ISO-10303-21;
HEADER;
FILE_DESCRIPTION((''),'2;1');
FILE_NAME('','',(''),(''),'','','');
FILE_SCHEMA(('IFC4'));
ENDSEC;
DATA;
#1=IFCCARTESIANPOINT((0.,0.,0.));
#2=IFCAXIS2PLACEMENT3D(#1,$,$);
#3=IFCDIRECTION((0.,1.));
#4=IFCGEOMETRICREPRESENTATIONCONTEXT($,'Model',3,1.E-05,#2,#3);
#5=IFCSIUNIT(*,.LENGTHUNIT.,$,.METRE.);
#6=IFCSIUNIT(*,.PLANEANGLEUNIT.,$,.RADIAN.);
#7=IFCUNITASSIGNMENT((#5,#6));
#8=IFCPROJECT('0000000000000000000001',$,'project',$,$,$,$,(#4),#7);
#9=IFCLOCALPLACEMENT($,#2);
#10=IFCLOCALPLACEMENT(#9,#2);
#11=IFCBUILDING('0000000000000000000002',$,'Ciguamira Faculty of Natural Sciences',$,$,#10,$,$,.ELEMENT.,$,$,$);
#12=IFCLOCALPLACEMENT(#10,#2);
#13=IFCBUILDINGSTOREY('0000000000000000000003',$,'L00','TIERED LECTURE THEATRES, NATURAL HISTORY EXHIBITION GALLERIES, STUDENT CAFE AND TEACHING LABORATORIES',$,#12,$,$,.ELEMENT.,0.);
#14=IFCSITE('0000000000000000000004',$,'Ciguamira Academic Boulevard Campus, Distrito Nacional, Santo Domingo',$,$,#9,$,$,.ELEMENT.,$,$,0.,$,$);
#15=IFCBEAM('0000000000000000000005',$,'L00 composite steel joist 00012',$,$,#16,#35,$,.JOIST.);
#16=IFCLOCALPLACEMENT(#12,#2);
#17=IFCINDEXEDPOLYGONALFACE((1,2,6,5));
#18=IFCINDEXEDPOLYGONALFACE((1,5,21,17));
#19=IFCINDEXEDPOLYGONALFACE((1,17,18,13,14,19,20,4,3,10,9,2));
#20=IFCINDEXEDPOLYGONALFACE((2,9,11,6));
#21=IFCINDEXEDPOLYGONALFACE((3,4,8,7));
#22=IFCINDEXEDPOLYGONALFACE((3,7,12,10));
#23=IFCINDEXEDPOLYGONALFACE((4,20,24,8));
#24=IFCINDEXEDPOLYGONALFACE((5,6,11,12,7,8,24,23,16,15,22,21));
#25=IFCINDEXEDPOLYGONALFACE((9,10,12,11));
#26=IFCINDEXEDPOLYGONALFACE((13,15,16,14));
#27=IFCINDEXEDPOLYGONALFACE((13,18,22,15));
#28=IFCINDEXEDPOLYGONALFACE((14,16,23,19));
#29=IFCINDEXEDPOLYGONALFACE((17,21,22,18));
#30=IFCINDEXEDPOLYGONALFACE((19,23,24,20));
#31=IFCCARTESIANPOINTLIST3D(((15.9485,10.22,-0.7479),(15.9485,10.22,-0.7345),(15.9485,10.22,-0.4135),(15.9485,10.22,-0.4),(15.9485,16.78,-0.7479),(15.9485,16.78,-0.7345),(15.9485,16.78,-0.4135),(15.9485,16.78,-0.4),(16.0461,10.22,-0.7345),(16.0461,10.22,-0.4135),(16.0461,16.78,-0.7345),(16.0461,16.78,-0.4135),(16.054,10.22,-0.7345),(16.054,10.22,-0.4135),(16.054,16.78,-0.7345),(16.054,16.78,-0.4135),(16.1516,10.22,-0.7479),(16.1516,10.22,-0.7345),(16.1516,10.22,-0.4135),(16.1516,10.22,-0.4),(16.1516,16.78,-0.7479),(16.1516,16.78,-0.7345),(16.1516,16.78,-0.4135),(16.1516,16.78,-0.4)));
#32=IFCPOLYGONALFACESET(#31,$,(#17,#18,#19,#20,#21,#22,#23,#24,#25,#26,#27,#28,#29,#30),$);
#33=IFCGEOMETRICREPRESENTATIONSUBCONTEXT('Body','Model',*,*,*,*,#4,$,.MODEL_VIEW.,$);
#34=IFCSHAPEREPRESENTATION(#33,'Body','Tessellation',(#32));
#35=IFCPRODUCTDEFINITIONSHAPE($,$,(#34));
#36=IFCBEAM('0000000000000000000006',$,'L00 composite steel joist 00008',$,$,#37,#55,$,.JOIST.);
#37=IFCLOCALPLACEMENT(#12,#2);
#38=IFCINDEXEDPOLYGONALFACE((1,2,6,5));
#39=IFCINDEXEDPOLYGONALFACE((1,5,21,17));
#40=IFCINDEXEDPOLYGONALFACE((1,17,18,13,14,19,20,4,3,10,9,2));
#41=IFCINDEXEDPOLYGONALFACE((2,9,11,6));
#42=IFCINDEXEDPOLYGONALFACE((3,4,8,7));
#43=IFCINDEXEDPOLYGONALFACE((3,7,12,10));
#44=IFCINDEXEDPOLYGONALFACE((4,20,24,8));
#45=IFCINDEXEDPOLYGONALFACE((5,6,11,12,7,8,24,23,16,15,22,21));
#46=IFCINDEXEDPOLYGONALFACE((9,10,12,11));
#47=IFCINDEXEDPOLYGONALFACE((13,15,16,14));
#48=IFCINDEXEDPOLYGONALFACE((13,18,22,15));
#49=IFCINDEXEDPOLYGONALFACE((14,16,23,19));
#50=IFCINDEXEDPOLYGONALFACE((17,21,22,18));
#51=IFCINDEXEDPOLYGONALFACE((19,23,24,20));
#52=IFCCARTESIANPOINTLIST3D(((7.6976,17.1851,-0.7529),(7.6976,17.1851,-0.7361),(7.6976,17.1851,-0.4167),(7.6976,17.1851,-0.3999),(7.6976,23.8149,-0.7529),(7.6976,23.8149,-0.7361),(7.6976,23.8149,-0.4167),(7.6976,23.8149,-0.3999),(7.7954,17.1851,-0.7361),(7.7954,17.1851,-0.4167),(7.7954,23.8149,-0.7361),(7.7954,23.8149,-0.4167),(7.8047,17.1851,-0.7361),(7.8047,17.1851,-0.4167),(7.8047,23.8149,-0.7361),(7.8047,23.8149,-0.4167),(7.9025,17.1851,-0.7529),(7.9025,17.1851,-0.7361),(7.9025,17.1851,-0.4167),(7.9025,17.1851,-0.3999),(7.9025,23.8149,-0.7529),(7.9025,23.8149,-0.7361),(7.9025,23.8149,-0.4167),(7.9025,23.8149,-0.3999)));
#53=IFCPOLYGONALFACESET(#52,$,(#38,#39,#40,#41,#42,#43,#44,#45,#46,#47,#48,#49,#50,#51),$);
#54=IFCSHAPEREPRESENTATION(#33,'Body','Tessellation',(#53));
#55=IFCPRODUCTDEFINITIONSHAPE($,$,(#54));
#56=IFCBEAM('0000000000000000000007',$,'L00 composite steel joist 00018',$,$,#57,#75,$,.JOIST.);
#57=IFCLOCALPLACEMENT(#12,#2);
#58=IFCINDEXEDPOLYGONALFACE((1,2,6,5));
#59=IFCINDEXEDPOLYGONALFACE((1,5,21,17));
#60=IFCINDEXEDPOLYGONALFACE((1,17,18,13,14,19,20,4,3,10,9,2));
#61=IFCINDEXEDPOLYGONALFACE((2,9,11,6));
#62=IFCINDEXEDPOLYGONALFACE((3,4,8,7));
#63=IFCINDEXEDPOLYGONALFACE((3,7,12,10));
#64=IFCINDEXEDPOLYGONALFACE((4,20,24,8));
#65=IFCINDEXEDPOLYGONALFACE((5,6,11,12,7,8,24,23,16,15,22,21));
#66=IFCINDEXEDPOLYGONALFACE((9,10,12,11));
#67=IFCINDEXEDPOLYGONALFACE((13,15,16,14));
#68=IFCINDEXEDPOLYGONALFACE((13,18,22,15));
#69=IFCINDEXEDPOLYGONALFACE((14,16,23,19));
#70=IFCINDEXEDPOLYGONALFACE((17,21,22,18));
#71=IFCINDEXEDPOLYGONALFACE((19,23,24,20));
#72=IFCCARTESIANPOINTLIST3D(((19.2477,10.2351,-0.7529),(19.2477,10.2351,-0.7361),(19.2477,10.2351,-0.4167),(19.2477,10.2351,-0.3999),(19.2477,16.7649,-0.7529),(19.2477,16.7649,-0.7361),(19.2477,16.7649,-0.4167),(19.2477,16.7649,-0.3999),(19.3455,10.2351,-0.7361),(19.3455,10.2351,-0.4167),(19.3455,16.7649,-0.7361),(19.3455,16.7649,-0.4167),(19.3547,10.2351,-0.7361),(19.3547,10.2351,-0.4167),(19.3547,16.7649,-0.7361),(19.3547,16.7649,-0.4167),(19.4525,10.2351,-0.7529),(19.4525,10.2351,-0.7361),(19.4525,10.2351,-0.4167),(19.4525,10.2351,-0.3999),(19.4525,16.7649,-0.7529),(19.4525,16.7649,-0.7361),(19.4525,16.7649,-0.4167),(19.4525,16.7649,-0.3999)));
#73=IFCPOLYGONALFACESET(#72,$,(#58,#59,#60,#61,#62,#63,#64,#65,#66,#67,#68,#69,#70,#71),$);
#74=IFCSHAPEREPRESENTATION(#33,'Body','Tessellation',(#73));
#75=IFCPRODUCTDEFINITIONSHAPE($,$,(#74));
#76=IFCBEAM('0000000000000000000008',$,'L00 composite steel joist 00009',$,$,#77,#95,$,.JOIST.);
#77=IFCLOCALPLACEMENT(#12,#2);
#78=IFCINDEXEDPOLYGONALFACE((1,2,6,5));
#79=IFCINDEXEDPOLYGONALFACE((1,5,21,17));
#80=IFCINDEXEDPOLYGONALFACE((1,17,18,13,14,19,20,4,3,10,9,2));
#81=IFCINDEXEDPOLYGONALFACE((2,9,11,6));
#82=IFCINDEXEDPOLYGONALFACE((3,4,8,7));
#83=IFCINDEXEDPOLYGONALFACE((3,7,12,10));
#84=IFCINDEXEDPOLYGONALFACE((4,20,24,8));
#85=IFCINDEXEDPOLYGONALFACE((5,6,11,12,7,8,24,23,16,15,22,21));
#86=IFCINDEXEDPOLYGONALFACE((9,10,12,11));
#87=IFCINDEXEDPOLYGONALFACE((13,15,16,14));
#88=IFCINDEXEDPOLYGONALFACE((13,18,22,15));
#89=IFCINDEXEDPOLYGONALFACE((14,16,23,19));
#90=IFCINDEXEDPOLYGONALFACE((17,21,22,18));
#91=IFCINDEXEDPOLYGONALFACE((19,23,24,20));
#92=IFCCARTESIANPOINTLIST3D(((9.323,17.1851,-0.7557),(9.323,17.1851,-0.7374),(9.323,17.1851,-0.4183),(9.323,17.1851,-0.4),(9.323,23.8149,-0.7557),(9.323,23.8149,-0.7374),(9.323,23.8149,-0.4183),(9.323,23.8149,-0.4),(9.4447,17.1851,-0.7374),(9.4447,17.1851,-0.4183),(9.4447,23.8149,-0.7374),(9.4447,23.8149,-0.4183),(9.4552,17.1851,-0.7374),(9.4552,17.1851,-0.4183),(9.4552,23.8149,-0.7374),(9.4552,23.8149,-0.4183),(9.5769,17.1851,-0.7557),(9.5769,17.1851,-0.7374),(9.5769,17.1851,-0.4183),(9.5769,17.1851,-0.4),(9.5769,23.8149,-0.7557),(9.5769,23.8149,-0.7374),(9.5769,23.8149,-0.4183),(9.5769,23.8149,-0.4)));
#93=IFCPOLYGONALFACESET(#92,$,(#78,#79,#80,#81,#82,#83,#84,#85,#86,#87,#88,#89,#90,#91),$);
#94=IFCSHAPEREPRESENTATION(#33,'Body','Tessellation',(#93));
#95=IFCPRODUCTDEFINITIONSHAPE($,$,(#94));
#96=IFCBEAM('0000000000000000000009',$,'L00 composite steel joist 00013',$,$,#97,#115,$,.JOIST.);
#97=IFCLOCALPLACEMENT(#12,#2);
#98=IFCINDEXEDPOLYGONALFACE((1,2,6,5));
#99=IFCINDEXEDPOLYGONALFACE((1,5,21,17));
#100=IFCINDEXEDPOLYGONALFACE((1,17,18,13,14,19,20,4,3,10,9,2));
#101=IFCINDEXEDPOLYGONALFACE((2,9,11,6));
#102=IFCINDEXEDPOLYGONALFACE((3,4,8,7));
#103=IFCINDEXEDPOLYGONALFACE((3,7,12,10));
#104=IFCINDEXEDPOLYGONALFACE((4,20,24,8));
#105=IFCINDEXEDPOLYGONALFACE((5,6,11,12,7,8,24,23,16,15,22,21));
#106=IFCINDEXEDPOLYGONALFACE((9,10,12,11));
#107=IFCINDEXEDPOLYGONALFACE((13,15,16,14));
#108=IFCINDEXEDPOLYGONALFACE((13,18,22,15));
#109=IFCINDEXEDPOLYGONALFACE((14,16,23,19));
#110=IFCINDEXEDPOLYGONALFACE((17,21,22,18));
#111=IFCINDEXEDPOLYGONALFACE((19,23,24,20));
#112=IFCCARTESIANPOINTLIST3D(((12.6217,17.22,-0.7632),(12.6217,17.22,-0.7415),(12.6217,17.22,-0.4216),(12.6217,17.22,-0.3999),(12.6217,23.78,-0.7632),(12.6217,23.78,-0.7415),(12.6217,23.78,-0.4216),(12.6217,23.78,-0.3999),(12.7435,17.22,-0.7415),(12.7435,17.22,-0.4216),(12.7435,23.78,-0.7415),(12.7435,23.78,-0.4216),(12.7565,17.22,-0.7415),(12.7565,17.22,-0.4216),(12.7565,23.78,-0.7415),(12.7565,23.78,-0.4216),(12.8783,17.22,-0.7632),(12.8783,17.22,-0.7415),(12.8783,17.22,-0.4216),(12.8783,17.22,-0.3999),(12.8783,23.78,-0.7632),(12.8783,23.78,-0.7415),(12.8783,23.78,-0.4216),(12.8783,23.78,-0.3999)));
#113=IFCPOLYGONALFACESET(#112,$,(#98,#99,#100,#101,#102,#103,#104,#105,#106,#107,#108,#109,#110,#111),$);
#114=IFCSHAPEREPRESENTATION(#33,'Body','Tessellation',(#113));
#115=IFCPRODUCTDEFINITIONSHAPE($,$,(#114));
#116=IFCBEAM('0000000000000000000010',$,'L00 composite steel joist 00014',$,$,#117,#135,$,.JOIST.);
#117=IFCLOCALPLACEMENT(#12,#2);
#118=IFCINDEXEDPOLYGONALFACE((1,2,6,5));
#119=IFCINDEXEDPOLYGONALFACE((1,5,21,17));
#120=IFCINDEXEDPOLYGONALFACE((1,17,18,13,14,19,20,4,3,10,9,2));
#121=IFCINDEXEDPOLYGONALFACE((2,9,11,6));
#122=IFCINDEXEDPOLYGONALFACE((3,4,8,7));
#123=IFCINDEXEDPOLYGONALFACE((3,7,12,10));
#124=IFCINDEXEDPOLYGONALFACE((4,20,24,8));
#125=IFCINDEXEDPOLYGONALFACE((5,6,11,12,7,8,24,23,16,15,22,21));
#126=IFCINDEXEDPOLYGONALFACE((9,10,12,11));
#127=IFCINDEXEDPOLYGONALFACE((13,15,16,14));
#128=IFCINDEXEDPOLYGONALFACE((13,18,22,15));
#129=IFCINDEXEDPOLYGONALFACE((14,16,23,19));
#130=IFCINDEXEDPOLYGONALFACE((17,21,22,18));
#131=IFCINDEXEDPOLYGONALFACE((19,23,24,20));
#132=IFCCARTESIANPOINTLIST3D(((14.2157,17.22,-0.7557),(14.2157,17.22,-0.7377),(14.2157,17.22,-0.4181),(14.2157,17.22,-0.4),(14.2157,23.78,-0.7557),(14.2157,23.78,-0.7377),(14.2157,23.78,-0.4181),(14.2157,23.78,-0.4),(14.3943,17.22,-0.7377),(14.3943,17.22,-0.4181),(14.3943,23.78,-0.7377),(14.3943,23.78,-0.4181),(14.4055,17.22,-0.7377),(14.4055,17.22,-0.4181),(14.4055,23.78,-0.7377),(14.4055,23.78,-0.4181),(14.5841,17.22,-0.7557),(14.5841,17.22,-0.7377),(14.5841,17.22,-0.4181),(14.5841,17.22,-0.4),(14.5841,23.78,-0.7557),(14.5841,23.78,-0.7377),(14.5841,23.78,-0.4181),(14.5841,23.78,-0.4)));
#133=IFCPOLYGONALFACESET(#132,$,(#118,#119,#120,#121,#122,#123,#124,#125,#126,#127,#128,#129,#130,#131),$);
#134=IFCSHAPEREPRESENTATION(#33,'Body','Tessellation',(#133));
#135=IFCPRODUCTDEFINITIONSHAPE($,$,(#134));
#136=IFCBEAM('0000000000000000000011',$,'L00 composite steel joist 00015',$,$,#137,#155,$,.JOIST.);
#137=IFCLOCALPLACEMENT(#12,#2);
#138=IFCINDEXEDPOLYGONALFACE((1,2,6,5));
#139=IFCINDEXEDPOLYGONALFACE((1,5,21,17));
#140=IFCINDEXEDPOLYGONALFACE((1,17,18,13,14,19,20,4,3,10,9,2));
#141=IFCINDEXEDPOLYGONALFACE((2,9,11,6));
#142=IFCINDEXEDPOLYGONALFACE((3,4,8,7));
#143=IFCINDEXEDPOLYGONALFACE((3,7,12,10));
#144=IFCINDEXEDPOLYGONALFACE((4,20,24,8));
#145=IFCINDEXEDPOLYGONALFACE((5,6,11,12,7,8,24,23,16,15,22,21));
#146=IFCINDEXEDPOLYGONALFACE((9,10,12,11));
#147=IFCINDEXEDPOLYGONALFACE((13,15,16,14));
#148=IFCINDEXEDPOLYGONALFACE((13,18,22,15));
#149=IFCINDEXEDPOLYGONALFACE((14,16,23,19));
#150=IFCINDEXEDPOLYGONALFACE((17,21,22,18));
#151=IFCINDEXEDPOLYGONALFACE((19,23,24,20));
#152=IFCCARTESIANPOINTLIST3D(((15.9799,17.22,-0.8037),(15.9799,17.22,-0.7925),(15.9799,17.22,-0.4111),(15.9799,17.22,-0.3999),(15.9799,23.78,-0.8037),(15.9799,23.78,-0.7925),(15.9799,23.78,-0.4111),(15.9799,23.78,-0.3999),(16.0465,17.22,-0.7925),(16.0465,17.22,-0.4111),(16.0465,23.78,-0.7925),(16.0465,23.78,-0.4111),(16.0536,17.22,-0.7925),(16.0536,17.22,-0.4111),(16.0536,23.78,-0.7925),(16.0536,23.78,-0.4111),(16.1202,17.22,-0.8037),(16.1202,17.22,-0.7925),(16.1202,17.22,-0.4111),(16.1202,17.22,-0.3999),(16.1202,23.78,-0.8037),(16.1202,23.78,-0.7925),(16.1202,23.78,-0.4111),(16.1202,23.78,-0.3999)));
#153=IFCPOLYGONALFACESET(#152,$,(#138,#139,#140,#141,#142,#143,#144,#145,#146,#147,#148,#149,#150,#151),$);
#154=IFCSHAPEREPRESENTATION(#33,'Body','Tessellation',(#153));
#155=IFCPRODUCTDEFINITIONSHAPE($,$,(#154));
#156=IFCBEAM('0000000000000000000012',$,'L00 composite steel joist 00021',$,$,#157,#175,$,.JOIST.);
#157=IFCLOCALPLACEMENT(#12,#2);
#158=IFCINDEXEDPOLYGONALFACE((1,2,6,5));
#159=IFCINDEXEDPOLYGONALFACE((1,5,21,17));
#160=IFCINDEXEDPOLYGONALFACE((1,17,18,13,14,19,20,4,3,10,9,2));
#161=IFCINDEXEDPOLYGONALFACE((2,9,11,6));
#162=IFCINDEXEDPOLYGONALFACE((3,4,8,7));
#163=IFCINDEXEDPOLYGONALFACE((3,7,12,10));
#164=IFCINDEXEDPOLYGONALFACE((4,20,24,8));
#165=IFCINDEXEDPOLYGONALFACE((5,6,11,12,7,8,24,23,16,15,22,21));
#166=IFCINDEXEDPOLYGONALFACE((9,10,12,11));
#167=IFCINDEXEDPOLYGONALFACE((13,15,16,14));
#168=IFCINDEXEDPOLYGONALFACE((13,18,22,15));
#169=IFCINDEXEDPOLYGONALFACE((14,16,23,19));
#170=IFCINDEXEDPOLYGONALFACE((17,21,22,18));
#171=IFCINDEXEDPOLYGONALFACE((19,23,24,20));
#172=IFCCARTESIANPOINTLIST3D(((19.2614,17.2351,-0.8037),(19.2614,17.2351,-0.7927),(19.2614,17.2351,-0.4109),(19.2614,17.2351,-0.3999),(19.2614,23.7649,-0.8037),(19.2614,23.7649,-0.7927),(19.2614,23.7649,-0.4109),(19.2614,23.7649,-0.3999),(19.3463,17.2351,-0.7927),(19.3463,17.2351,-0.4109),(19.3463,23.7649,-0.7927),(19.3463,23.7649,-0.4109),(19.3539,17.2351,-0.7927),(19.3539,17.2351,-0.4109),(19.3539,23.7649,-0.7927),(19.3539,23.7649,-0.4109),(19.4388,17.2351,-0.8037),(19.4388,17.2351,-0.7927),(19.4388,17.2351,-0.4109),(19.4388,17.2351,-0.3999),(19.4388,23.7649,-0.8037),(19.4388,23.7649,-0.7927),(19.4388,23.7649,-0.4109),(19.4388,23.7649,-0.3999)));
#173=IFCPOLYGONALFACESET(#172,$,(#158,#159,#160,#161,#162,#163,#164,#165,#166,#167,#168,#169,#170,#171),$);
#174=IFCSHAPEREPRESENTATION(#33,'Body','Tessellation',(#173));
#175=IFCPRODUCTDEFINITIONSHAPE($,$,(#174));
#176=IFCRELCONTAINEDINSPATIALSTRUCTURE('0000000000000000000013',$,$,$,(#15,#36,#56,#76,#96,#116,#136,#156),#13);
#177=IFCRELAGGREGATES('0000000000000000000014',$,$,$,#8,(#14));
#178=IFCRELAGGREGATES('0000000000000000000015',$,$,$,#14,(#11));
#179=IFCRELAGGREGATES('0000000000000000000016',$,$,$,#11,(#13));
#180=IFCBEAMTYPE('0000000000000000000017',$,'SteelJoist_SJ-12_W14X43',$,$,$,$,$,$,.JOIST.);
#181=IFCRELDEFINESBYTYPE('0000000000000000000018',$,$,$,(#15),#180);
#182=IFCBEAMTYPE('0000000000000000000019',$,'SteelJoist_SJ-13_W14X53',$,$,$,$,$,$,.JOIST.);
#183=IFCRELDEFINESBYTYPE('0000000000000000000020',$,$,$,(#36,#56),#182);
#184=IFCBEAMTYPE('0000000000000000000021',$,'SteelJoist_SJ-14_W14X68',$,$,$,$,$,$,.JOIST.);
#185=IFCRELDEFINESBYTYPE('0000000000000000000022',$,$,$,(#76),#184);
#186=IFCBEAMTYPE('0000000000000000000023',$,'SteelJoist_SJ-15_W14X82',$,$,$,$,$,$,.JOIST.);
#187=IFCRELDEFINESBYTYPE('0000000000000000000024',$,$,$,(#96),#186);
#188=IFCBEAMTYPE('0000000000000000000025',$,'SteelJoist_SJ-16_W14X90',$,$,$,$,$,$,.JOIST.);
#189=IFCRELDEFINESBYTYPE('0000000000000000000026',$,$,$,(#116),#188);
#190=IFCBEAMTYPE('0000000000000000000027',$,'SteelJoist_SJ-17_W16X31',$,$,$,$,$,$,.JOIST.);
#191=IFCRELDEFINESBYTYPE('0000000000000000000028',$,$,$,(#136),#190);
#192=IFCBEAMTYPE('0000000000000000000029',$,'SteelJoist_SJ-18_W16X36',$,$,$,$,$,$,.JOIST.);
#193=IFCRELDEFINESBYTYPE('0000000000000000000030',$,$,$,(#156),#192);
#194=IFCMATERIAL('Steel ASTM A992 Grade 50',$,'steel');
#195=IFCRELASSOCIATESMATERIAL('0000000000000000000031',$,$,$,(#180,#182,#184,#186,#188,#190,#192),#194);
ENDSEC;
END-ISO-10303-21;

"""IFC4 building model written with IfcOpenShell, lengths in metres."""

from ifc_helpers import new_model, si_unit, direction, frame, origin, origin_2d, place, context, subcontext, project, spatial, i_section, extrude, material, material_profile, profile_set, type_object, element, save


model = new_model("IFC4")

# Units and contexts
model_context = context("Model", 3, precision=1e-05, world=origin(), true_north=direction((0.0, 1.0)))
body_context = subcontext(model_context, "Body", "Model", "MODEL_VIEW")
ifc_project = project(units=[si_unit("LENGTHUNIT", "METRE"), si_unit("PLANEANGLEUNIT", "RADIAN")], contexts=[model_context])

# Site, building, storey
site_placement = place(None, origin())
site = spatial("IfcSite", under=ifc_project, at=site_placement, Name="Ciguamira Academic Boulevard Campus, Distrito Nacional, Santo Domingo", CompositionType="ELEMENT", RefElevation=0.0)
building_placement = place(site_placement, origin())
building = spatial("IfcBuilding", under=site, at=building_placement, Name="Ciguamira Faculty of Natural Sciences", CompositionType="ELEMENT")
storey_placement = place(building_placement, origin())
storey = spatial("IfcBuildingStorey", under=building, at=storey_placement, Name="L00", Description="TIERED LECTURE THEATRES, NATURAL HISTORY EXHIBITION GALLERIES, STUDENT CAFE AND TEACHING LABORATORIES", CompositionType="ELEMENT", Elevation=0.0)

# Beams
ifc_material_1 = material(Name="Steel ASTM A992 Grade 50", Category="steel")
ifc_material_profile_1 = material_profile(ifc_material_1, i_section(OverallWidth=0.2031, OverallDepth=0.3479, WebThickness=0.0078, FlangeThickness=0.0134, at=origin_2d()), Name="W14X43")
ifc_profile_set_1 = profile_set([ifc_material_profile_1], Name="Steel ASTM A992 Grade 50")
beam_type_1 = type_object("IfcBeamType", Name="SteelJoist_SJ-12_W14X43", PredefinedType="JOIST", material=ifc_profile_set_1)
beam_1_placement = place(storey_placement, frame((16.05, 10.22, -0.574), z_axis=(0.0, 1.0, 0.0), x_axis=(-1.0, 0.0, 0.0)))
element("IfcBeam", 1, at=beam_1_placement, inside=storey, type_object=beam_type_1, Name="L00 composite steel joist 00012", PredefinedType="JOIST", context=body_context, shape_type="SweptSolid", body=[
    extrude(i_section(OverallWidth=0.2031, OverallDepth=0.3479, WebThickness=0.0078, FlangeThickness=0.0134, at=origin_2d()), origin(), (0.0, 0.0, 1.0), 6.5601),
])
ifc_material_profile_2 = material_profile(ifc_material_1, i_section(OverallWidth=0.2048, OverallDepth=0.353, WebThickness=0.0093, FlangeThickness=0.0168, at=origin_2d()), Name="W14X53")
ifc_profile_set_2 = profile_set([ifc_material_profile_2], Name="Steel ASTM A992 Grade 50")
beam_type_2 = type_object("IfcBeamType", Name="SteelJoist_SJ-13_W14X53", PredefinedType="JOIST", material=ifc_profile_set_2)
beam_2_placement = place(storey_placement, frame((7.8, 17.1851, -0.5764), z_axis=(0.0, 1.0, 0.0), x_axis=(-1.0, 0.0, 0.0)))
element("IfcBeam", 2, at=beam_2_placement, inside=storey, type_object=beam_type_2, Name="L00 composite steel joist 00008", PredefinedType="JOIST", context=body_context, shape_type="SweptSolid", body=[
    extrude(i_section(OverallWidth=0.2048, OverallDepth=0.353, WebThickness=0.0093, FlangeThickness=0.0168, at=origin_2d()), origin(), (0.0, 0.0, 1.0), 6.6299),
])
beam_3_placement = place(storey_placement, frame((19.3501, 10.2351, -0.5764), z_axis=(0.0, 1.0, 0.0), x_axis=(-1.0, 0.0, 0.0)))
element("IfcBeam", 3, at=beam_3_placement, inside=storey, type_object=beam_type_2, Name="L00 composite steel joist 00018", PredefinedType="JOIST", context=body_context, shape_type="SweptSolid", body=[
    extrude(i_section(OverallWidth=0.2048, OverallDepth=0.353, WebThickness=0.0093, FlangeThickness=0.0168, at=origin_2d()), origin(), (0.0, 0.0, 1.0), 6.5298),
])
ifc_material_profile_3 = material_profile(ifc_material_1, i_section(OverallWidth=0.2539, OverallDepth=0.3557, WebThickness=0.0105, FlangeThickness=0.0183, at=origin_2d()), Name="W14X68")
ifc_profile_set_3 = profile_set([ifc_material_profile_3], Name="Steel ASTM A992 Grade 50")
beam_type_3 = type_object("IfcBeamType", Name="SteelJoist_SJ-14_W14X68", PredefinedType="JOIST", material=ifc_profile_set_3)
beam_4_placement = place(storey_placement, frame((9.45, 17.1851, -0.5779), z_axis=(0.0, 1.0, 0.0), x_axis=(-1.0, 0.0, 0.0)))
element("IfcBeam", 4, at=beam_4_placement, inside=storey, type_object=beam_type_3, Name="L00 composite steel joist 00009", PredefinedType="JOIST", context=body_context, shape_type="SweptSolid", body=[
    extrude(i_section(OverallWidth=0.2539, OverallDepth=0.3557, WebThickness=0.0105, FlangeThickness=0.0183, at=origin_2d()), origin(), (0.0, 0.0, 1.0), 6.6299),
])
ifc_material_profile_4 = material_profile(ifc_material_1, i_section(OverallWidth=0.2566, OverallDepth=0.3633, WebThickness=0.0129, FlangeThickness=0.0217, at=origin_2d()), Name="W14X82")
ifc_profile_set_4 = profile_set([ifc_material_profile_4], Name="Steel ASTM A992 Grade 50")
beam_type_4 = type_object("IfcBeamType", Name="SteelJoist_SJ-15_W14X82", PredefinedType="JOIST", material=ifc_profile_set_4)
beam_5_placement = place(storey_placement, frame((12.75, 17.22, -0.5815), z_axis=(0.0, 1.0, 0.0), x_axis=(-1.0, 0.0, 0.0)))
element("IfcBeam", 5, at=beam_5_placement, inside=storey, type_object=beam_type_4, Name="L00 composite steel joist 00013", PredefinedType="JOIST", context=body_context, shape_type="SweptSolid", body=[
    extrude(i_section(OverallWidth=0.2566, OverallDepth=0.3633, WebThickness=0.0129, FlangeThickness=0.0217, at=origin_2d()), origin(), (0.0, 0.0, 1.0), 6.5601),
])
ifc_material_profile_5 = material_profile(ifc_material_1, i_section(OverallWidth=0.3684, OverallDepth=0.3557, WebThickness=0.0112, FlangeThickness=0.0181, at=origin_2d()), Name="W14X90")
ifc_profile_set_5 = profile_set([ifc_material_profile_5], Name="Steel ASTM A992 Grade 50")
beam_type_5 = type_object("IfcBeamType", Name="SteelJoist_SJ-16_W14X90", PredefinedType="JOIST", material=ifc_profile_set_5)
beam_6_placement = place(storey_placement, frame((14.3999, 17.22, -0.5779), z_axis=(0.0, 1.0, 0.0), x_axis=(-1.0, 0.0, 0.0)))
element("IfcBeam", 6, at=beam_6_placement, inside=storey, type_object=beam_type_5, Name="L00 composite steel joist 00014", PredefinedType="JOIST", context=body_context, shape_type="SweptSolid", body=[
    extrude(i_section(OverallWidth=0.3684, OverallDepth=0.3557, WebThickness=0.0112, FlangeThickness=0.0181, at=origin_2d()), origin(), (0.0, 0.0, 1.0), 6.5601),
])
ifc_material_profile_6 = material_profile(ifc_material_1, i_section(OverallWidth=0.1404, OverallDepth=0.4038, WebThickness=0.0071, FlangeThickness=0.0112, at=origin_2d()), Name="W16X31")
ifc_profile_set_6 = profile_set([ifc_material_profile_6], Name="Steel ASTM A992 Grade 50")
beam_type_6 = type_object("IfcBeamType", Name="SteelJoist_SJ-17_W16X31", PredefinedType="JOIST", material=ifc_profile_set_6)
beam_7_placement = place(storey_placement, frame((16.05, 17.22, -0.6018), z_axis=(0.0, 1.0, 0.0), x_axis=(-1.0, 0.0, 0.0)))
element("IfcBeam", 7, at=beam_7_placement, inside=storey, type_object=beam_type_6, Name="L00 composite steel joist 00015", PredefinedType="JOIST", context=body_context, shape_type="SweptSolid", body=[
    extrude(i_section(OverallWidth=0.1404, OverallDepth=0.4038, WebThickness=0.0071, FlangeThickness=0.0112, at=origin_2d()), origin(), (0.0, 0.0, 1.0), 6.5601),
])
ifc_material_profile_7 = material_profile(ifc_material_1, i_section(OverallWidth=0.1775, OverallDepth=0.4038, WebThickness=0.0076, FlangeThickness=0.011, at=origin_2d()), Name="W16X36")
ifc_profile_set_7 = profile_set([ifc_material_profile_7], Name="Steel ASTM A992 Grade 50")
beam_type_7 = type_object("IfcBeamType", Name="SteelJoist_SJ-18_W16X36", PredefinedType="JOIST", material=ifc_profile_set_7)
beam_8_placement = place(storey_placement, frame((19.3501, 17.2351, -0.6018), z_axis=(0.0, 1.0, 0.0), x_axis=(-1.0, 0.0, 0.0)))
element("IfcBeam", 8, at=beam_8_placement, inside=storey, type_object=beam_type_7, Name="L00 composite steel joist 00021", PredefinedType="JOIST", context=body_context, shape_type="SweptSolid", body=[
    extrude(i_section(OverallWidth=0.1775, OverallDepth=0.4038, WebThickness=0.0076, FlangeThickness=0.011, at=origin_2d()), origin(), (0.0, 0.0, 1.0), 6.5298),
])

save(model, "model.ifc")
